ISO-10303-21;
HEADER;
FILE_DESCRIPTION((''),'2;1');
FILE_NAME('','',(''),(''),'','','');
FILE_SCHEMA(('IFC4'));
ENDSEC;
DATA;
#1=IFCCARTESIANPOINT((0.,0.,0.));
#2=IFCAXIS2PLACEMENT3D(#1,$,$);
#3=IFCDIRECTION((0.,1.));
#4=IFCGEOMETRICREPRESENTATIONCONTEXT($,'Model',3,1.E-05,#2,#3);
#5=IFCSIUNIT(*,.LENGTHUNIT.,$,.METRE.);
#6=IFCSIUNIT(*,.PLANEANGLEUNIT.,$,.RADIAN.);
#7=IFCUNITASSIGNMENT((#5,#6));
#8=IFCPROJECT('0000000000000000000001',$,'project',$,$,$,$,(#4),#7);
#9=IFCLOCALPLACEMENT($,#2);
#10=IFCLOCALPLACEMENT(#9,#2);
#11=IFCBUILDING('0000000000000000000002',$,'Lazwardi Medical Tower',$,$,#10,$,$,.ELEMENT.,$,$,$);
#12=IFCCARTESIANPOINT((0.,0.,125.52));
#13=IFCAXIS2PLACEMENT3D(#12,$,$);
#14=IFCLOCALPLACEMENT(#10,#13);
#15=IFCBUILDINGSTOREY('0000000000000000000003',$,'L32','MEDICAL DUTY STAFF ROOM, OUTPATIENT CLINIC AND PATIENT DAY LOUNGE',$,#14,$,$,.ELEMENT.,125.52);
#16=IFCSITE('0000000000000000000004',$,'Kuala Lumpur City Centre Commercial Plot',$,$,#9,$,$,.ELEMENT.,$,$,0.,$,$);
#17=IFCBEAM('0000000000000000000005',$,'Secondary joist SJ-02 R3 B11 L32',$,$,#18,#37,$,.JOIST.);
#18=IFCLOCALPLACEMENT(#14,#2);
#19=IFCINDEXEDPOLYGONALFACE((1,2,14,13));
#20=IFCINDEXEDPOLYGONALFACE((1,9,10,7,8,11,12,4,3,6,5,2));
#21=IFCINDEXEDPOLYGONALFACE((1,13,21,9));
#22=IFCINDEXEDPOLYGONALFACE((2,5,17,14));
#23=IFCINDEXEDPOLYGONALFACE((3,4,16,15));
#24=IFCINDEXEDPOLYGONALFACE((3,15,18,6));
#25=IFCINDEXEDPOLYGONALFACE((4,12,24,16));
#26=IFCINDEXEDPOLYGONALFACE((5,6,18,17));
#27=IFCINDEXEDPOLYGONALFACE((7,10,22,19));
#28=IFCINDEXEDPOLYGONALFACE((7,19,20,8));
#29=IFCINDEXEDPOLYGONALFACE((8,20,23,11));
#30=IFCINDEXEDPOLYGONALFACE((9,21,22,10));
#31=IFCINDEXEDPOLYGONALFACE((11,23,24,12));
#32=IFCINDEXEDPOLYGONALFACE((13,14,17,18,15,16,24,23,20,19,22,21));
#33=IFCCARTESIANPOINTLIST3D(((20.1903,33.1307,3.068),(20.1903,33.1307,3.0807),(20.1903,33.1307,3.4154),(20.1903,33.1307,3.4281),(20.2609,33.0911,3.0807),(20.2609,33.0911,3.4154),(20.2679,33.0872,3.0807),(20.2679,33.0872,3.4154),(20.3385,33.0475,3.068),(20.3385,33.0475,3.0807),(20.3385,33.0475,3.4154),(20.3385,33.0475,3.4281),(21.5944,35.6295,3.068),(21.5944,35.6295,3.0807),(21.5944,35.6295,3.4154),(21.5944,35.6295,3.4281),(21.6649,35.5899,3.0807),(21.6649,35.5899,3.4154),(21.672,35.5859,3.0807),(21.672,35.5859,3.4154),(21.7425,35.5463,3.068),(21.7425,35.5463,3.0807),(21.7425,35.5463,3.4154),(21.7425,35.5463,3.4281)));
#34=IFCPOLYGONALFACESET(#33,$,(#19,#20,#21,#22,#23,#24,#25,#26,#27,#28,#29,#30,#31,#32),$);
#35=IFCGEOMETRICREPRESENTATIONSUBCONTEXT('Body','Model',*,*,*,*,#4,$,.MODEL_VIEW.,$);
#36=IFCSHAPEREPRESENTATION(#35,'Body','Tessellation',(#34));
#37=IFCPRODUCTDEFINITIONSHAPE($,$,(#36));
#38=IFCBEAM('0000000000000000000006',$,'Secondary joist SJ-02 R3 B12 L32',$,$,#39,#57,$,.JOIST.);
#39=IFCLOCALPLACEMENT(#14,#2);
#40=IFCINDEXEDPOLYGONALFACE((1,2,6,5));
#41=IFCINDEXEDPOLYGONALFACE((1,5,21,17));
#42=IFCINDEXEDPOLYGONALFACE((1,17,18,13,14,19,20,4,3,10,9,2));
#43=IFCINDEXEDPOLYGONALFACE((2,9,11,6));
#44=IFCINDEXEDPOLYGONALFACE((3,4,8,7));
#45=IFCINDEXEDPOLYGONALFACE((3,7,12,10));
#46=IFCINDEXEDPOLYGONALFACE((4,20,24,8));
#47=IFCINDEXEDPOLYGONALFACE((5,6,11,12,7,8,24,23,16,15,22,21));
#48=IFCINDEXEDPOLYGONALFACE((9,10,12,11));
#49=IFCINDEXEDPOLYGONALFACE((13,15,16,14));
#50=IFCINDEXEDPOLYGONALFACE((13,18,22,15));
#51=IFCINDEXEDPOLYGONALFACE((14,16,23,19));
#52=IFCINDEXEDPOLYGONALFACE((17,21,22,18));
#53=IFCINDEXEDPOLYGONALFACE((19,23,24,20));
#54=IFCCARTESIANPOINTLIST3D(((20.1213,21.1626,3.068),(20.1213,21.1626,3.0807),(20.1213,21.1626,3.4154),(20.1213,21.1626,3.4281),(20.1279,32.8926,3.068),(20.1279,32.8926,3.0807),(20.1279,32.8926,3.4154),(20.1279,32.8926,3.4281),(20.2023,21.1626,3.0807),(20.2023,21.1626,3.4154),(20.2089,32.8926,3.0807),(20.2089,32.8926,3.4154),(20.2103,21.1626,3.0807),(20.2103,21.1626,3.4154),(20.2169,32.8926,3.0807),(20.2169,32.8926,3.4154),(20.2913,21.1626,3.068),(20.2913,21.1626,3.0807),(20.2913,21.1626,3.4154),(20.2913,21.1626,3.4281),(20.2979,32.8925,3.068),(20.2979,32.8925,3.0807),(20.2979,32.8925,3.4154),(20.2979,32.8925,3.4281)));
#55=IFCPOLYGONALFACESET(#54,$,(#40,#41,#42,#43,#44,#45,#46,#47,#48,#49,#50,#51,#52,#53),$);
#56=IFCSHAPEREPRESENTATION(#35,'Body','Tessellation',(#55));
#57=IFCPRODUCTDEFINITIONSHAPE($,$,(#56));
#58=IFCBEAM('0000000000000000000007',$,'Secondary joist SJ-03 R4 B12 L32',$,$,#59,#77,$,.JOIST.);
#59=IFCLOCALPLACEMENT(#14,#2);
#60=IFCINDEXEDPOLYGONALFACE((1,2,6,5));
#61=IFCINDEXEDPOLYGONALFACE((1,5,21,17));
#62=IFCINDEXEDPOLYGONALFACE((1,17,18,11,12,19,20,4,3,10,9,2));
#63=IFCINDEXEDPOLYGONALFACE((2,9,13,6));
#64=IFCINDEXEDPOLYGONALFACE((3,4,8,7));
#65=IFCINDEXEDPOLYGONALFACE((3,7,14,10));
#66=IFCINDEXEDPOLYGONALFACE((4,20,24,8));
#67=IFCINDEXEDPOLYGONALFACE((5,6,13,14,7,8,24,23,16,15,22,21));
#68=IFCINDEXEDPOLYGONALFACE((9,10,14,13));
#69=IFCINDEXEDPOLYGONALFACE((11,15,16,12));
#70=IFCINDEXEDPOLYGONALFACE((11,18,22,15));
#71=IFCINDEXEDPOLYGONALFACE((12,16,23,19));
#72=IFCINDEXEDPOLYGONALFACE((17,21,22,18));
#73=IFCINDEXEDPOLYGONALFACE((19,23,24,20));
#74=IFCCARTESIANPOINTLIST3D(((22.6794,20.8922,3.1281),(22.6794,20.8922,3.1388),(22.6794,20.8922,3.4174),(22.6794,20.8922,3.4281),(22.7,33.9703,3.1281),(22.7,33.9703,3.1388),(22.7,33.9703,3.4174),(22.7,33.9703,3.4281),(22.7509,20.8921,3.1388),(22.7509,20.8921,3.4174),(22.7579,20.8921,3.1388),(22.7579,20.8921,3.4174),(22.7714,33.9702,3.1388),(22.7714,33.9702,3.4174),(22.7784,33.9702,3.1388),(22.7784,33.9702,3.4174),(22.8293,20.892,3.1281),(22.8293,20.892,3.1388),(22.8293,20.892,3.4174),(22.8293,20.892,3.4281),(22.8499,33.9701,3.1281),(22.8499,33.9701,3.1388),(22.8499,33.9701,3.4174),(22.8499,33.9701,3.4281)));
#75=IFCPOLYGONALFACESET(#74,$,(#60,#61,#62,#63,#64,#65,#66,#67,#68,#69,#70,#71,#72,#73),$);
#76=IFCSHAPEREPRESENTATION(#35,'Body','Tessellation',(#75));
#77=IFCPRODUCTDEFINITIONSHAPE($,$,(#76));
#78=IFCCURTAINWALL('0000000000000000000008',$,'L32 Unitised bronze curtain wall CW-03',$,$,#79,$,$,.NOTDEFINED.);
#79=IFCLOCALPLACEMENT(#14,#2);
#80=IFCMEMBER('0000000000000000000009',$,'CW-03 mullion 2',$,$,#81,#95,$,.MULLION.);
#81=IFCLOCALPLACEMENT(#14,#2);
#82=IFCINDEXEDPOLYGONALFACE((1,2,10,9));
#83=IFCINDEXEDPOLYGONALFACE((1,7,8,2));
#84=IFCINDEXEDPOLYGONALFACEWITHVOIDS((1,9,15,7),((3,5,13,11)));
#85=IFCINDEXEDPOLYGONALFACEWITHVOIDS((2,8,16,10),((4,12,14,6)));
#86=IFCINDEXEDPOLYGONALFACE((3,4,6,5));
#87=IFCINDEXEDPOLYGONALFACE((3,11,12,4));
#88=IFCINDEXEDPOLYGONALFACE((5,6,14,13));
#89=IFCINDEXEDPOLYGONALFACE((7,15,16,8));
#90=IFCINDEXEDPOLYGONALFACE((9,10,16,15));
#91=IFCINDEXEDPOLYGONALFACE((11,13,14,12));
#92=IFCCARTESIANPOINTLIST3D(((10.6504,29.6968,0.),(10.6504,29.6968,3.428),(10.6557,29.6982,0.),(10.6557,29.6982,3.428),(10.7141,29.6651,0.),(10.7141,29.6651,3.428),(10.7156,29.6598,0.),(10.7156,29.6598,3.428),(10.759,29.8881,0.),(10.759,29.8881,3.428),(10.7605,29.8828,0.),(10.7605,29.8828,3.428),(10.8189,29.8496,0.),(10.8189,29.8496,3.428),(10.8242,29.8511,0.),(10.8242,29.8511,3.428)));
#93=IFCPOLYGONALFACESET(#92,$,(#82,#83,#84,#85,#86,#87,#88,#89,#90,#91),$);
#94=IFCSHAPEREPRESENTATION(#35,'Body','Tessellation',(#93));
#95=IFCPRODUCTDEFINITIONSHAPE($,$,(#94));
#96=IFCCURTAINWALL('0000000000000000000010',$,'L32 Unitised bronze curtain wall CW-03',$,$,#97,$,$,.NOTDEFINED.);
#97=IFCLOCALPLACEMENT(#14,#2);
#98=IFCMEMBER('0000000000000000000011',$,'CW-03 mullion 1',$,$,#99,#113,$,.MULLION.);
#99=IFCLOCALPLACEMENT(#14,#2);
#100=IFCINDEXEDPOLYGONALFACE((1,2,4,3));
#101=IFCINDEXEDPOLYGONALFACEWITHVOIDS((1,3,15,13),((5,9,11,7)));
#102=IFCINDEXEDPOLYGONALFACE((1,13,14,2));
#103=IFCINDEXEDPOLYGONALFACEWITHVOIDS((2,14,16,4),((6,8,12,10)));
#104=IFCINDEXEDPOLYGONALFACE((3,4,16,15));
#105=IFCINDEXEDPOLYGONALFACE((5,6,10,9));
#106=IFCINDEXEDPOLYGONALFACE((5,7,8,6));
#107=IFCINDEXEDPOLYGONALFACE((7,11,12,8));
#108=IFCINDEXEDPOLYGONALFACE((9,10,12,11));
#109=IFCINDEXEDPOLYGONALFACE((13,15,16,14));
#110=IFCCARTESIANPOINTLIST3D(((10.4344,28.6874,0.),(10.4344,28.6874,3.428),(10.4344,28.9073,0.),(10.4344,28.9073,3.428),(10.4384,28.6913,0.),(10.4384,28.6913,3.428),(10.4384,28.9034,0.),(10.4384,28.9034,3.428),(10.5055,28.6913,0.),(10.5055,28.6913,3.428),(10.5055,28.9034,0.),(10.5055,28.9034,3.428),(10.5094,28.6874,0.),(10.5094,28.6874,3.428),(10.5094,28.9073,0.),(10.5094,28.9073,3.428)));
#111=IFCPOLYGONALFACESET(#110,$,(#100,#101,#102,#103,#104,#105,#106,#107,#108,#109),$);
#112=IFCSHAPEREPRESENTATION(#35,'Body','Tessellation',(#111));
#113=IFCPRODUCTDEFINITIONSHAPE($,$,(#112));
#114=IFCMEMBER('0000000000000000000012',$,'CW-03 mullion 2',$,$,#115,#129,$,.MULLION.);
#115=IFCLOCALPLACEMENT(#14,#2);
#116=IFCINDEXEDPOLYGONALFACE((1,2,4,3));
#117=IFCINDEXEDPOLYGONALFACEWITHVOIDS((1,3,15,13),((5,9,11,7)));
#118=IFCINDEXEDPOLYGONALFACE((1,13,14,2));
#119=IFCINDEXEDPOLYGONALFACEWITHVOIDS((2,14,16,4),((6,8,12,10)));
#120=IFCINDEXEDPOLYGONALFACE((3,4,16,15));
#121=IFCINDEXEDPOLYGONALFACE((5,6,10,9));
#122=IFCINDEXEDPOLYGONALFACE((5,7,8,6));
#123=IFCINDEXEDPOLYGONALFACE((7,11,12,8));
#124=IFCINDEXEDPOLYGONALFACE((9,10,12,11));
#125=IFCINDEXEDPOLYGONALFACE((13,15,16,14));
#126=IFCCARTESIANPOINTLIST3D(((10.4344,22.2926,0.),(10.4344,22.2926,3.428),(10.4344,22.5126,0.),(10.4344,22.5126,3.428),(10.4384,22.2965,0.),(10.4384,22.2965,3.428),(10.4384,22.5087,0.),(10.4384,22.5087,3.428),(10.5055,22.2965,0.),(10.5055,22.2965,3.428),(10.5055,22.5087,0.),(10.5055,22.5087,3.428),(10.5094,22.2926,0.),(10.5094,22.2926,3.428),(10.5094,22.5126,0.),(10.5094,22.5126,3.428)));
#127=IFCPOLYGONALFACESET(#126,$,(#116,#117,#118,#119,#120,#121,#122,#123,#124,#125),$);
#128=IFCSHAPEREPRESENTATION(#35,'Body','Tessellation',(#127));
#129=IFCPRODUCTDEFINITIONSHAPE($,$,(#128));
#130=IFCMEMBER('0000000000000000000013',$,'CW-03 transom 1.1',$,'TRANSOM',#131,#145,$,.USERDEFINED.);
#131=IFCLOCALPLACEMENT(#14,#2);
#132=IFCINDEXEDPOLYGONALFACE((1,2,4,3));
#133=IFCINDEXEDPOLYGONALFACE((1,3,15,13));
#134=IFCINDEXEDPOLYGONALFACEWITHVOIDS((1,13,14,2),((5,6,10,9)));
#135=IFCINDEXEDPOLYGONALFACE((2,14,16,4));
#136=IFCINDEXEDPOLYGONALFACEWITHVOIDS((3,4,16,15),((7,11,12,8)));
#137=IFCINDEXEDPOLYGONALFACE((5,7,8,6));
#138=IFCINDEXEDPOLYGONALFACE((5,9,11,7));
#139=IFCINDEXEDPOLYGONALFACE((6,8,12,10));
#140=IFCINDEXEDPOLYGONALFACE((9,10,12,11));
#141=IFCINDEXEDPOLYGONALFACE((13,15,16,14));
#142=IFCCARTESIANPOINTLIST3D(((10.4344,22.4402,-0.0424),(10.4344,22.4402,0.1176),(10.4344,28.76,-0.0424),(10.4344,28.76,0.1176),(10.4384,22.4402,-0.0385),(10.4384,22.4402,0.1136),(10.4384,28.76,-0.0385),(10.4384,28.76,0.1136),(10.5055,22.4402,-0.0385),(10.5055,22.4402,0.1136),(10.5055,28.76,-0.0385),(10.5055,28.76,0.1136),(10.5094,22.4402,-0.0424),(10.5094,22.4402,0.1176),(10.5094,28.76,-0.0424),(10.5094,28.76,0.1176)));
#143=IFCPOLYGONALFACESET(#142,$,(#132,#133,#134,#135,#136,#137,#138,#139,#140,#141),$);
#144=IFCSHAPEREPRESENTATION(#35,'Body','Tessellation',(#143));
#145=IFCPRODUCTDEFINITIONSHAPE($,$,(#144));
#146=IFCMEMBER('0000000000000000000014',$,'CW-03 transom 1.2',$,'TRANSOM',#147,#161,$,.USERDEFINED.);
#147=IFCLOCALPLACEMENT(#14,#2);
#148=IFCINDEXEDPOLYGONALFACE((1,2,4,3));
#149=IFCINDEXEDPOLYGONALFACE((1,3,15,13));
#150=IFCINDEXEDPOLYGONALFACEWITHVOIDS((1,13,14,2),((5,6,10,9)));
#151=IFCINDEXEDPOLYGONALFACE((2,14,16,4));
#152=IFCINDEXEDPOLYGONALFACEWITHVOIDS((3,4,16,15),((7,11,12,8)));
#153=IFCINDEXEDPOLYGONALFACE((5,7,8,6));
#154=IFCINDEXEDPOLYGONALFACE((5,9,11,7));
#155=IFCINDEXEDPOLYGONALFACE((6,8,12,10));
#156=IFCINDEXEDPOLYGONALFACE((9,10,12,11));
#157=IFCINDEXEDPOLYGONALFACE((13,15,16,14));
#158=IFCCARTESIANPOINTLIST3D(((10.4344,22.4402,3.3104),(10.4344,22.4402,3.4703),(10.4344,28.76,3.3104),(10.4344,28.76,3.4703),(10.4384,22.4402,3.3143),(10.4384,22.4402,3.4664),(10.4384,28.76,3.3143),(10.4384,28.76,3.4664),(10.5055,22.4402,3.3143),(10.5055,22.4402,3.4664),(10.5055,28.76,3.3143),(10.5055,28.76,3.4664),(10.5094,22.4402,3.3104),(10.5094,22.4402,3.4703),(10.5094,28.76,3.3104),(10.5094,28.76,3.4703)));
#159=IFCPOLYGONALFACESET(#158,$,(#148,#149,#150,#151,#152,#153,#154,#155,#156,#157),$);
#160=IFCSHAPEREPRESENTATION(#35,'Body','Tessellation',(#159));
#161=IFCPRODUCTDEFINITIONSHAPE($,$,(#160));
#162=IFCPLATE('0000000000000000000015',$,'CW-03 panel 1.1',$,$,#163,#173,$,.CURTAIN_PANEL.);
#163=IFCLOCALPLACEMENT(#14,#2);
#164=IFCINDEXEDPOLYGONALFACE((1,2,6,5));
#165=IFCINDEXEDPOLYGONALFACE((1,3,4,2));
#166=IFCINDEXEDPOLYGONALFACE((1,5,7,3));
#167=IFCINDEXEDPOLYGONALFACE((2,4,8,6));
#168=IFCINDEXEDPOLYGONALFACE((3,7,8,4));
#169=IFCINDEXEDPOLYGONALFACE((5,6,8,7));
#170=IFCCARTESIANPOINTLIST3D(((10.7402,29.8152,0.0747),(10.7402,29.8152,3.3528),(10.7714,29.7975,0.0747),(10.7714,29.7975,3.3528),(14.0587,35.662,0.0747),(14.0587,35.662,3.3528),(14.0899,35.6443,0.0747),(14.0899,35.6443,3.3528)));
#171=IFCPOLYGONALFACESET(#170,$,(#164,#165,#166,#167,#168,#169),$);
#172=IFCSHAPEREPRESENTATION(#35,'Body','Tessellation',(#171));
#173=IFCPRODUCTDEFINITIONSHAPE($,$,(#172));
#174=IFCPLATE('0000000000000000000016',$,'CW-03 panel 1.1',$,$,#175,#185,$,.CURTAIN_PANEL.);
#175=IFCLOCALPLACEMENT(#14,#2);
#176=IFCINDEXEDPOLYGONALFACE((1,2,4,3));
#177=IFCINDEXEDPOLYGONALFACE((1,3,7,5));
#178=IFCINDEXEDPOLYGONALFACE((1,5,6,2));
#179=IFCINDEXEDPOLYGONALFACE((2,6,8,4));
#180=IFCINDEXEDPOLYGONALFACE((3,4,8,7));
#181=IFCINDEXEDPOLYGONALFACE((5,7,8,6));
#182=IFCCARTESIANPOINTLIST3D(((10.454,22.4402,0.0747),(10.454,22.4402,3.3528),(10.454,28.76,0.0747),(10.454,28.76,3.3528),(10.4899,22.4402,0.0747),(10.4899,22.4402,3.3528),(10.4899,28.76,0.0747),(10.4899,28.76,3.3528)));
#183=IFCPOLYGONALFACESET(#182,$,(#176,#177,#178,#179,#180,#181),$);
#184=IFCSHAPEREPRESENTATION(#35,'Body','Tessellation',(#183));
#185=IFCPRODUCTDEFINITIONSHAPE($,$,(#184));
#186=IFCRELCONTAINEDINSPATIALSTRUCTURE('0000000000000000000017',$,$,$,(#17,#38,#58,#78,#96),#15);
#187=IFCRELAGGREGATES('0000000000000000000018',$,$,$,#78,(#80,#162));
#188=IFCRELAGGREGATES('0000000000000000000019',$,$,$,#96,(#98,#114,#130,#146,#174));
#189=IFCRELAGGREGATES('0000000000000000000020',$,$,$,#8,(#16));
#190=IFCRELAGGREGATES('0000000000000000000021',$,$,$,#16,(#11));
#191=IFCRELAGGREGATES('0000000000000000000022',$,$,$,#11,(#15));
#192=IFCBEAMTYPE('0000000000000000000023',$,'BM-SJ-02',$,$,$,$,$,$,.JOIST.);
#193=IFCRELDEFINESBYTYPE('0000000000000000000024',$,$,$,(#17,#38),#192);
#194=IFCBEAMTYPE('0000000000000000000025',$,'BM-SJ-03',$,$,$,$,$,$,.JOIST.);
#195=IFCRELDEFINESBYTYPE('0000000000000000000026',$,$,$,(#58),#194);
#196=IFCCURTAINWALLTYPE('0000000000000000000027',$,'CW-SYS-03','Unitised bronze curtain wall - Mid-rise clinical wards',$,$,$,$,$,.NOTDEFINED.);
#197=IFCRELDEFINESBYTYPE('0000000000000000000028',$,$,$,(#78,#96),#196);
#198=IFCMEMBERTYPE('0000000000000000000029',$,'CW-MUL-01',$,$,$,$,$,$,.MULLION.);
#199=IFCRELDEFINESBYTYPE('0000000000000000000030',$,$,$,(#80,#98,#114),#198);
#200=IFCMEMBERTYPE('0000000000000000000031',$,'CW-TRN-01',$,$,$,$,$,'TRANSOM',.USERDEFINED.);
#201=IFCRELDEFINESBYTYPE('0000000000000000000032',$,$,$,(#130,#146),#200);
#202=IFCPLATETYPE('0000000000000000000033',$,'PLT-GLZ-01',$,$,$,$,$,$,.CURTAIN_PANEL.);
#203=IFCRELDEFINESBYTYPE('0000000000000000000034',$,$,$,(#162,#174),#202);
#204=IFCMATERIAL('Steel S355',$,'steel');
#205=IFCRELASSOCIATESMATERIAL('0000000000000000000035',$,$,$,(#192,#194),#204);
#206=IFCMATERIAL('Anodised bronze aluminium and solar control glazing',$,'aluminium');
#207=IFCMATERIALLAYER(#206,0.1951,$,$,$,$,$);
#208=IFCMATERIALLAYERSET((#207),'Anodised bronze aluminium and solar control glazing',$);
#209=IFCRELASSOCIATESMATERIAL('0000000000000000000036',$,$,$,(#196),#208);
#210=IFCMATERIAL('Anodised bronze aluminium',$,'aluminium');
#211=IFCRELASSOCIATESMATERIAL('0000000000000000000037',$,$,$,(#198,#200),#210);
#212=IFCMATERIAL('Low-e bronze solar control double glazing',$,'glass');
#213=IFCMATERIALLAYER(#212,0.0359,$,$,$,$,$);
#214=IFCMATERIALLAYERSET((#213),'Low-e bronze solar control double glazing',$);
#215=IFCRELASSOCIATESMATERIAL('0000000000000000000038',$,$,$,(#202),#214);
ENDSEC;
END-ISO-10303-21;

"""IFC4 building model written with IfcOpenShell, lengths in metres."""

from ifc_helpers import new_model, si_unit, direction, frame, origin, origin_2d, place, context, subcontext, project, spatial, rectangle, hollow_rectangle, i_section, extrude, material, layer, layer_set, material_profile, profile_set, type_object, element, aggregate, save


model = new_model("IFC4")

# Units and contexts
model_context = context("Model", 3, precision=1e-05, world=origin(), true_north=direction((0.0, 1.0)))
body_context = subcontext(model_context, "Body", "Model", "MODEL_VIEW")
ifc_project = project(units=[si_unit("LENGTHUNIT", "METRE"), si_unit("PLANEANGLEUNIT", "RADIAN")], contexts=[model_context])

# Site, building, storey
site_placement = place(None, origin())
site = spatial("IfcSite", under=ifc_project, at=site_placement, Name="Kuala Lumpur City Centre Commercial Plot", CompositionType="ELEMENT", RefElevation=0.0)
building_placement = place(site_placement, origin())
building = spatial("IfcBuilding", under=site, at=building_placement, Name="Lazwardi Medical Tower", CompositionType="ELEMENT")
storey_placement = place(building_placement, frame((0.0, 0.0, 125.52)))
storey = spatial("IfcBuildingStorey", under=building, at=storey_placement, Name="L32", Description="MEDICAL DUTY STAFF ROOM, OUTPATIENT CLINIC AND PATIENT DAY LOUNGE", CompositionType="ELEMENT", Elevation=125.52)

# Beams
ifc_material_1 = material(Name="Steel S355", Category="steel")
ifc_material_profile_1 = material_profile(ifc_material_1, i_section(OverallWidth=0.1699, OverallDepth=0.3601, WebThickness=0.0081, FlangeThickness=0.0127, at=origin_2d()), Name="IPE 360")
ifc_profile_set_1 = profile_set([ifc_material_profile_1], Name="Steel S355")
beam_type_1 = type_object("IfcBeamType", Name="BM-SJ-02", PredefinedType="JOIST", material=ifc_profile_set_1)
beam_1_placement = place(storey_placement, frame((21.6685, 35.5879, 3.248), z_axis=(-0.489861, -0.871801, 0.0), x_axis=(0.871801, -0.489861, 0.0)))
element("IfcBeam", 1, at=beam_1_placement, inside=storey, type_object=beam_type_1, Name="Secondary joist SJ-02 R3 B11 L32", PredefinedType="JOIST", context=body_context, shape_type="SweptSolid", body=[
    extrude(i_section(OverallWidth=0.1699, OverallDepth=0.3601, WebThickness=0.0081, FlangeThickness=0.0127, at=origin_2d()), origin(), (0.0, 0.0, 1.0), 2.8662),
])
beam_2_placement = place(storey_placement, frame((20.2129, 32.8926, 3.248), z_axis=(-0.000562, -1.0, 0.0), x_axis=(1.0, -0.000562, 0.0)))
element("IfcBeam", 2, at=beam_2_placement, inside=storey, type_object=beam_type_1, Name="Secondary joist SJ-02 R3 B12 L32", PredefinedType="JOIST", context=body_context, shape_type="SweptSolid", body=[
    extrude(i_section(OverallWidth=0.1699, OverallDepth=0.3601, WebThickness=0.0081, FlangeThickness=0.0127, at=origin_2d()), origin(), (0.0, 0.0, 1.0), 11.73),
])
ifc_material_profile_2 = material_profile(ifc_material_1, i_section(OverallWidth=0.1499, OverallDepth=0.3, WebThickness=0.0071, FlangeThickness=0.0107, at=origin_2d()), Name="IPE 300")
ifc_profile_set_2 = profile_set([ifc_material_profile_2], Name="Steel S355")
beam_type_2 = type_object("IfcBeamType", Name="BM-SJ-03", PredefinedType="JOIST", material=ifc_profile_set_2)
beam_3_placement = place(storey_placement, frame((22.7749, 33.9702, 3.2781), z_axis=(-0.001568, -0.999999, 0.0), x_axis=(0.999999, -0.001568, 0.0)))
element("IfcBeam", 3, at=beam_3_placement, inside=storey, type_object=beam_type_2, Name="Secondary joist SJ-03 R4 B12 L32", PredefinedType="JOIST", context=body_context, shape_type="SweptSolid", body=[
    extrude(i_section(OverallWidth=0.1499, OverallDepth=0.3, WebThickness=0.0071, FlangeThickness=0.0107, at=origin_2d()), origin(), (0.0, 0.0, 1.0), 13.0781),
])

# Curtain wall, member
ifc_material_2 = material(Name="Anodised bronze aluminium and solar control glazing", Category="aluminium")
ifc_layer_1 = layer(ifc_material_2, 0.1951)
ifc_layer_set_1 = layer_set([ifc_layer_1], Name="Anodised bronze aluminium and solar control glazing")
curtain_wall_type = type_object("IfcCurtainWallType", Name="CW-SYS-03", Description="Unitised bronze curtain wall - Mid-rise clinical wards", PredefinedType="NOTDEFINED", material=ifc_layer_set_1)
curtain_wall_1_placement = place(storey_placement, origin())
curtain_wall_1 = element("IfcCurtainWall", 4, at=curtain_wall_1_placement, inside=storey, type_object=curtain_wall_type, Name="L32 Unitised bronze curtain wall CW-03", PredefinedType="NOTDEFINED")
ifc_material_3 = material(Name="Anodised bronze aluminium", Category="aluminium")
ifc_material_profile_3 = material_profile(ifc_material_3, hollow_rectangle(XDim=0.075, YDim=0.22, WallThickness=0.0039, at=origin_2d()), Name="ALU-MULLION 220x75x4")
ifc_profile_set_3 = profile_set([ifc_material_profile_3], Name="Anodised bronze aluminium")
member_type_1 = type_object("IfcMemberType", Name="CW-MUL-01", PredefinedType="MULLION", material=ifc_profile_set_3)
member_1_placement = place(storey_placement, frame((10.7373, 29.7739, 0.0), z_axis=(0.0, 0.0, 1.0), x_axis=(0.869687, -0.493603, 0.0)))
member_1 = element("IfcMember", 5, at=member_1_placement, type_object=member_type_1, Name="CW-03 mullion 2", PredefinedType="MULLION", context=body_context, shape_type="SweptSolid", body=[
    extrude(hollow_rectangle(XDim=0.075, YDim=0.22, WallThickness=0.0039, at=origin_2d()), origin(), (0.0, 0.0, 1.0), 3.428),
])

# Curtain wall, members
curtain_wall_2_placement = place(storey_placement, origin())
curtain_wall_2 = element("IfcCurtainWall", 6, at=curtain_wall_2_placement, inside=storey, type_object=curtain_wall_type, Name="L32 Unitised bronze curtain wall CW-03", PredefinedType="NOTDEFINED")
member_2_placement = place(storey_placement, frame((10.4719, 28.7974, 0.0), z_axis=(0.0, 0.0, 1.0), x_axis=(1.0, 0.0, 0.0)))
member_2 = element("IfcMember", 7, at=member_2_placement, type_object=member_type_1, Name="CW-03 mullion 1", PredefinedType="MULLION", context=body_context, shape_type="SweptSolid", body=[
    extrude(hollow_rectangle(XDim=0.075, YDim=0.22, WallThickness=0.0039, at=origin_2d()), origin(), (0.0, 0.0, 1.0), 3.428),
])
member_3_placement = place(storey_placement, frame((10.4719, 22.4026, 0.0), z_axis=(0.0, 0.0, 1.0), x_axis=(1.0, 0.0, 0.0)))
member_3 = element("IfcMember", 8, at=member_3_placement, type_object=member_type_1, Name="CW-03 mullion 2", PredefinedType="MULLION", context=body_context, shape_type="SweptSolid", body=[
    extrude(hollow_rectangle(XDim=0.075, YDim=0.22, WallThickness=0.0039, at=origin_2d()), origin(), (0.0, 0.0, 1.0), 3.428),
])
ifc_material_profile_4 = material_profile(ifc_material_3, hollow_rectangle(XDim=0.075, YDim=0.1599, WallThickness=0.0039, at=origin_2d()), Name="ALU-TRANSOM 160x75x4")
ifc_profile_set_4 = profile_set([ifc_material_profile_4], Name="Anodised bronze aluminium")
member_type_2 = type_object("IfcMemberType", Name="CW-TRN-01", ElementType="TRANSOM", PredefinedType="USERDEFINED", material=ifc_profile_set_4)
member_4_placement = place(storey_placement, frame((10.4719, 28.76, 0.0376), z_axis=(0.0, -1.0, 0.0), x_axis=(1.0, 0.0, 0.0)))
member_4 = element("IfcMember", 9, at=member_4_placement, type_object=member_type_2, Name="CW-03 transom 1.1", ObjectType="TRANSOM", PredefinedType="USERDEFINED", context=body_context, shape_type="SweptSolid", body=[
    extrude(hollow_rectangle(XDim=0.075, YDim=0.1599, WallThickness=0.0039, at=origin_2d()), origin(), (0.0, 0.0, 1.0), 6.3198),
])
member_5_placement = place(storey_placement, frame((10.4719, 28.76, 3.3904), z_axis=(0.0, -1.0, 0.0), x_axis=(1.0, 0.0, 0.0)))
member_5 = element("IfcMember", 10, at=member_5_placement, type_object=member_type_2, Name="CW-03 transom 1.2", ObjectType="TRANSOM", PredefinedType="USERDEFINED", context=body_context, shape_type="SweptSolid", body=[
    extrude(hollow_rectangle(XDim=0.075, YDim=0.1599, WallThickness=0.0039, at=origin_2d()), origin(), (0.0, 0.0, 1.0), 6.3198),
])

# Plates
ifc_material_4 = material(Name="Low-e bronze solar control double glazing", Category="glass")
ifc_layer_2 = layer(ifc_material_4, 0.0359)
ifc_layer_set_2 = layer_set([ifc_layer_2], Name="Low-e bronze solar control double glazing")
plate_type = type_object("IfcPlateType", Name="PLT-GLZ-01", PredefinedType="CURTAIN_PANEL", material=ifc_layer_set_2)
plate_1_placement = place(storey_placement, frame((12.415, 32.7297, 0.0747), z_axis=(0.0, 0.0, 1.0), x_axis=(-0.493603, -0.869687, 0.0)))
plate_1 = element("IfcPlate", 11, at=plate_1_placement, type_object=plate_type, Name="CW-03 panel 1.1", PredefinedType="CURTAIN_PANEL", context=body_context, shape_type="SweptSolid", body=[
    extrude(rectangle(XDim=6.7229, YDim=0.0359, at=origin_2d()), origin(), (0.0, 0.0, 1.0), 3.2781),
])
aggregate(curtain_wall_1, [member_1, plate_1])
plate_2_placement = place(storey_placement, frame((10.4719, 25.6001, 0.0747), z_axis=(0.0, 0.0, 1.0), x_axis=(0.0, -1.0, 0.0)))
plate_2 = element("IfcPlate", 12, at=plate_2_placement, type_object=plate_type, Name="CW-03 panel 1.1", PredefinedType="CURTAIN_PANEL", context=body_context, shape_type="SweptSolid", body=[
    extrude(rectangle(XDim=6.3198, YDim=0.0359, at=origin_2d()), origin(), (0.0, 0.0, 1.0), 3.2781),
])
aggregate(curtain_wall_2, [member_2, member_3, member_4, member_5, plate_2])

save(model, "model.ifc")
